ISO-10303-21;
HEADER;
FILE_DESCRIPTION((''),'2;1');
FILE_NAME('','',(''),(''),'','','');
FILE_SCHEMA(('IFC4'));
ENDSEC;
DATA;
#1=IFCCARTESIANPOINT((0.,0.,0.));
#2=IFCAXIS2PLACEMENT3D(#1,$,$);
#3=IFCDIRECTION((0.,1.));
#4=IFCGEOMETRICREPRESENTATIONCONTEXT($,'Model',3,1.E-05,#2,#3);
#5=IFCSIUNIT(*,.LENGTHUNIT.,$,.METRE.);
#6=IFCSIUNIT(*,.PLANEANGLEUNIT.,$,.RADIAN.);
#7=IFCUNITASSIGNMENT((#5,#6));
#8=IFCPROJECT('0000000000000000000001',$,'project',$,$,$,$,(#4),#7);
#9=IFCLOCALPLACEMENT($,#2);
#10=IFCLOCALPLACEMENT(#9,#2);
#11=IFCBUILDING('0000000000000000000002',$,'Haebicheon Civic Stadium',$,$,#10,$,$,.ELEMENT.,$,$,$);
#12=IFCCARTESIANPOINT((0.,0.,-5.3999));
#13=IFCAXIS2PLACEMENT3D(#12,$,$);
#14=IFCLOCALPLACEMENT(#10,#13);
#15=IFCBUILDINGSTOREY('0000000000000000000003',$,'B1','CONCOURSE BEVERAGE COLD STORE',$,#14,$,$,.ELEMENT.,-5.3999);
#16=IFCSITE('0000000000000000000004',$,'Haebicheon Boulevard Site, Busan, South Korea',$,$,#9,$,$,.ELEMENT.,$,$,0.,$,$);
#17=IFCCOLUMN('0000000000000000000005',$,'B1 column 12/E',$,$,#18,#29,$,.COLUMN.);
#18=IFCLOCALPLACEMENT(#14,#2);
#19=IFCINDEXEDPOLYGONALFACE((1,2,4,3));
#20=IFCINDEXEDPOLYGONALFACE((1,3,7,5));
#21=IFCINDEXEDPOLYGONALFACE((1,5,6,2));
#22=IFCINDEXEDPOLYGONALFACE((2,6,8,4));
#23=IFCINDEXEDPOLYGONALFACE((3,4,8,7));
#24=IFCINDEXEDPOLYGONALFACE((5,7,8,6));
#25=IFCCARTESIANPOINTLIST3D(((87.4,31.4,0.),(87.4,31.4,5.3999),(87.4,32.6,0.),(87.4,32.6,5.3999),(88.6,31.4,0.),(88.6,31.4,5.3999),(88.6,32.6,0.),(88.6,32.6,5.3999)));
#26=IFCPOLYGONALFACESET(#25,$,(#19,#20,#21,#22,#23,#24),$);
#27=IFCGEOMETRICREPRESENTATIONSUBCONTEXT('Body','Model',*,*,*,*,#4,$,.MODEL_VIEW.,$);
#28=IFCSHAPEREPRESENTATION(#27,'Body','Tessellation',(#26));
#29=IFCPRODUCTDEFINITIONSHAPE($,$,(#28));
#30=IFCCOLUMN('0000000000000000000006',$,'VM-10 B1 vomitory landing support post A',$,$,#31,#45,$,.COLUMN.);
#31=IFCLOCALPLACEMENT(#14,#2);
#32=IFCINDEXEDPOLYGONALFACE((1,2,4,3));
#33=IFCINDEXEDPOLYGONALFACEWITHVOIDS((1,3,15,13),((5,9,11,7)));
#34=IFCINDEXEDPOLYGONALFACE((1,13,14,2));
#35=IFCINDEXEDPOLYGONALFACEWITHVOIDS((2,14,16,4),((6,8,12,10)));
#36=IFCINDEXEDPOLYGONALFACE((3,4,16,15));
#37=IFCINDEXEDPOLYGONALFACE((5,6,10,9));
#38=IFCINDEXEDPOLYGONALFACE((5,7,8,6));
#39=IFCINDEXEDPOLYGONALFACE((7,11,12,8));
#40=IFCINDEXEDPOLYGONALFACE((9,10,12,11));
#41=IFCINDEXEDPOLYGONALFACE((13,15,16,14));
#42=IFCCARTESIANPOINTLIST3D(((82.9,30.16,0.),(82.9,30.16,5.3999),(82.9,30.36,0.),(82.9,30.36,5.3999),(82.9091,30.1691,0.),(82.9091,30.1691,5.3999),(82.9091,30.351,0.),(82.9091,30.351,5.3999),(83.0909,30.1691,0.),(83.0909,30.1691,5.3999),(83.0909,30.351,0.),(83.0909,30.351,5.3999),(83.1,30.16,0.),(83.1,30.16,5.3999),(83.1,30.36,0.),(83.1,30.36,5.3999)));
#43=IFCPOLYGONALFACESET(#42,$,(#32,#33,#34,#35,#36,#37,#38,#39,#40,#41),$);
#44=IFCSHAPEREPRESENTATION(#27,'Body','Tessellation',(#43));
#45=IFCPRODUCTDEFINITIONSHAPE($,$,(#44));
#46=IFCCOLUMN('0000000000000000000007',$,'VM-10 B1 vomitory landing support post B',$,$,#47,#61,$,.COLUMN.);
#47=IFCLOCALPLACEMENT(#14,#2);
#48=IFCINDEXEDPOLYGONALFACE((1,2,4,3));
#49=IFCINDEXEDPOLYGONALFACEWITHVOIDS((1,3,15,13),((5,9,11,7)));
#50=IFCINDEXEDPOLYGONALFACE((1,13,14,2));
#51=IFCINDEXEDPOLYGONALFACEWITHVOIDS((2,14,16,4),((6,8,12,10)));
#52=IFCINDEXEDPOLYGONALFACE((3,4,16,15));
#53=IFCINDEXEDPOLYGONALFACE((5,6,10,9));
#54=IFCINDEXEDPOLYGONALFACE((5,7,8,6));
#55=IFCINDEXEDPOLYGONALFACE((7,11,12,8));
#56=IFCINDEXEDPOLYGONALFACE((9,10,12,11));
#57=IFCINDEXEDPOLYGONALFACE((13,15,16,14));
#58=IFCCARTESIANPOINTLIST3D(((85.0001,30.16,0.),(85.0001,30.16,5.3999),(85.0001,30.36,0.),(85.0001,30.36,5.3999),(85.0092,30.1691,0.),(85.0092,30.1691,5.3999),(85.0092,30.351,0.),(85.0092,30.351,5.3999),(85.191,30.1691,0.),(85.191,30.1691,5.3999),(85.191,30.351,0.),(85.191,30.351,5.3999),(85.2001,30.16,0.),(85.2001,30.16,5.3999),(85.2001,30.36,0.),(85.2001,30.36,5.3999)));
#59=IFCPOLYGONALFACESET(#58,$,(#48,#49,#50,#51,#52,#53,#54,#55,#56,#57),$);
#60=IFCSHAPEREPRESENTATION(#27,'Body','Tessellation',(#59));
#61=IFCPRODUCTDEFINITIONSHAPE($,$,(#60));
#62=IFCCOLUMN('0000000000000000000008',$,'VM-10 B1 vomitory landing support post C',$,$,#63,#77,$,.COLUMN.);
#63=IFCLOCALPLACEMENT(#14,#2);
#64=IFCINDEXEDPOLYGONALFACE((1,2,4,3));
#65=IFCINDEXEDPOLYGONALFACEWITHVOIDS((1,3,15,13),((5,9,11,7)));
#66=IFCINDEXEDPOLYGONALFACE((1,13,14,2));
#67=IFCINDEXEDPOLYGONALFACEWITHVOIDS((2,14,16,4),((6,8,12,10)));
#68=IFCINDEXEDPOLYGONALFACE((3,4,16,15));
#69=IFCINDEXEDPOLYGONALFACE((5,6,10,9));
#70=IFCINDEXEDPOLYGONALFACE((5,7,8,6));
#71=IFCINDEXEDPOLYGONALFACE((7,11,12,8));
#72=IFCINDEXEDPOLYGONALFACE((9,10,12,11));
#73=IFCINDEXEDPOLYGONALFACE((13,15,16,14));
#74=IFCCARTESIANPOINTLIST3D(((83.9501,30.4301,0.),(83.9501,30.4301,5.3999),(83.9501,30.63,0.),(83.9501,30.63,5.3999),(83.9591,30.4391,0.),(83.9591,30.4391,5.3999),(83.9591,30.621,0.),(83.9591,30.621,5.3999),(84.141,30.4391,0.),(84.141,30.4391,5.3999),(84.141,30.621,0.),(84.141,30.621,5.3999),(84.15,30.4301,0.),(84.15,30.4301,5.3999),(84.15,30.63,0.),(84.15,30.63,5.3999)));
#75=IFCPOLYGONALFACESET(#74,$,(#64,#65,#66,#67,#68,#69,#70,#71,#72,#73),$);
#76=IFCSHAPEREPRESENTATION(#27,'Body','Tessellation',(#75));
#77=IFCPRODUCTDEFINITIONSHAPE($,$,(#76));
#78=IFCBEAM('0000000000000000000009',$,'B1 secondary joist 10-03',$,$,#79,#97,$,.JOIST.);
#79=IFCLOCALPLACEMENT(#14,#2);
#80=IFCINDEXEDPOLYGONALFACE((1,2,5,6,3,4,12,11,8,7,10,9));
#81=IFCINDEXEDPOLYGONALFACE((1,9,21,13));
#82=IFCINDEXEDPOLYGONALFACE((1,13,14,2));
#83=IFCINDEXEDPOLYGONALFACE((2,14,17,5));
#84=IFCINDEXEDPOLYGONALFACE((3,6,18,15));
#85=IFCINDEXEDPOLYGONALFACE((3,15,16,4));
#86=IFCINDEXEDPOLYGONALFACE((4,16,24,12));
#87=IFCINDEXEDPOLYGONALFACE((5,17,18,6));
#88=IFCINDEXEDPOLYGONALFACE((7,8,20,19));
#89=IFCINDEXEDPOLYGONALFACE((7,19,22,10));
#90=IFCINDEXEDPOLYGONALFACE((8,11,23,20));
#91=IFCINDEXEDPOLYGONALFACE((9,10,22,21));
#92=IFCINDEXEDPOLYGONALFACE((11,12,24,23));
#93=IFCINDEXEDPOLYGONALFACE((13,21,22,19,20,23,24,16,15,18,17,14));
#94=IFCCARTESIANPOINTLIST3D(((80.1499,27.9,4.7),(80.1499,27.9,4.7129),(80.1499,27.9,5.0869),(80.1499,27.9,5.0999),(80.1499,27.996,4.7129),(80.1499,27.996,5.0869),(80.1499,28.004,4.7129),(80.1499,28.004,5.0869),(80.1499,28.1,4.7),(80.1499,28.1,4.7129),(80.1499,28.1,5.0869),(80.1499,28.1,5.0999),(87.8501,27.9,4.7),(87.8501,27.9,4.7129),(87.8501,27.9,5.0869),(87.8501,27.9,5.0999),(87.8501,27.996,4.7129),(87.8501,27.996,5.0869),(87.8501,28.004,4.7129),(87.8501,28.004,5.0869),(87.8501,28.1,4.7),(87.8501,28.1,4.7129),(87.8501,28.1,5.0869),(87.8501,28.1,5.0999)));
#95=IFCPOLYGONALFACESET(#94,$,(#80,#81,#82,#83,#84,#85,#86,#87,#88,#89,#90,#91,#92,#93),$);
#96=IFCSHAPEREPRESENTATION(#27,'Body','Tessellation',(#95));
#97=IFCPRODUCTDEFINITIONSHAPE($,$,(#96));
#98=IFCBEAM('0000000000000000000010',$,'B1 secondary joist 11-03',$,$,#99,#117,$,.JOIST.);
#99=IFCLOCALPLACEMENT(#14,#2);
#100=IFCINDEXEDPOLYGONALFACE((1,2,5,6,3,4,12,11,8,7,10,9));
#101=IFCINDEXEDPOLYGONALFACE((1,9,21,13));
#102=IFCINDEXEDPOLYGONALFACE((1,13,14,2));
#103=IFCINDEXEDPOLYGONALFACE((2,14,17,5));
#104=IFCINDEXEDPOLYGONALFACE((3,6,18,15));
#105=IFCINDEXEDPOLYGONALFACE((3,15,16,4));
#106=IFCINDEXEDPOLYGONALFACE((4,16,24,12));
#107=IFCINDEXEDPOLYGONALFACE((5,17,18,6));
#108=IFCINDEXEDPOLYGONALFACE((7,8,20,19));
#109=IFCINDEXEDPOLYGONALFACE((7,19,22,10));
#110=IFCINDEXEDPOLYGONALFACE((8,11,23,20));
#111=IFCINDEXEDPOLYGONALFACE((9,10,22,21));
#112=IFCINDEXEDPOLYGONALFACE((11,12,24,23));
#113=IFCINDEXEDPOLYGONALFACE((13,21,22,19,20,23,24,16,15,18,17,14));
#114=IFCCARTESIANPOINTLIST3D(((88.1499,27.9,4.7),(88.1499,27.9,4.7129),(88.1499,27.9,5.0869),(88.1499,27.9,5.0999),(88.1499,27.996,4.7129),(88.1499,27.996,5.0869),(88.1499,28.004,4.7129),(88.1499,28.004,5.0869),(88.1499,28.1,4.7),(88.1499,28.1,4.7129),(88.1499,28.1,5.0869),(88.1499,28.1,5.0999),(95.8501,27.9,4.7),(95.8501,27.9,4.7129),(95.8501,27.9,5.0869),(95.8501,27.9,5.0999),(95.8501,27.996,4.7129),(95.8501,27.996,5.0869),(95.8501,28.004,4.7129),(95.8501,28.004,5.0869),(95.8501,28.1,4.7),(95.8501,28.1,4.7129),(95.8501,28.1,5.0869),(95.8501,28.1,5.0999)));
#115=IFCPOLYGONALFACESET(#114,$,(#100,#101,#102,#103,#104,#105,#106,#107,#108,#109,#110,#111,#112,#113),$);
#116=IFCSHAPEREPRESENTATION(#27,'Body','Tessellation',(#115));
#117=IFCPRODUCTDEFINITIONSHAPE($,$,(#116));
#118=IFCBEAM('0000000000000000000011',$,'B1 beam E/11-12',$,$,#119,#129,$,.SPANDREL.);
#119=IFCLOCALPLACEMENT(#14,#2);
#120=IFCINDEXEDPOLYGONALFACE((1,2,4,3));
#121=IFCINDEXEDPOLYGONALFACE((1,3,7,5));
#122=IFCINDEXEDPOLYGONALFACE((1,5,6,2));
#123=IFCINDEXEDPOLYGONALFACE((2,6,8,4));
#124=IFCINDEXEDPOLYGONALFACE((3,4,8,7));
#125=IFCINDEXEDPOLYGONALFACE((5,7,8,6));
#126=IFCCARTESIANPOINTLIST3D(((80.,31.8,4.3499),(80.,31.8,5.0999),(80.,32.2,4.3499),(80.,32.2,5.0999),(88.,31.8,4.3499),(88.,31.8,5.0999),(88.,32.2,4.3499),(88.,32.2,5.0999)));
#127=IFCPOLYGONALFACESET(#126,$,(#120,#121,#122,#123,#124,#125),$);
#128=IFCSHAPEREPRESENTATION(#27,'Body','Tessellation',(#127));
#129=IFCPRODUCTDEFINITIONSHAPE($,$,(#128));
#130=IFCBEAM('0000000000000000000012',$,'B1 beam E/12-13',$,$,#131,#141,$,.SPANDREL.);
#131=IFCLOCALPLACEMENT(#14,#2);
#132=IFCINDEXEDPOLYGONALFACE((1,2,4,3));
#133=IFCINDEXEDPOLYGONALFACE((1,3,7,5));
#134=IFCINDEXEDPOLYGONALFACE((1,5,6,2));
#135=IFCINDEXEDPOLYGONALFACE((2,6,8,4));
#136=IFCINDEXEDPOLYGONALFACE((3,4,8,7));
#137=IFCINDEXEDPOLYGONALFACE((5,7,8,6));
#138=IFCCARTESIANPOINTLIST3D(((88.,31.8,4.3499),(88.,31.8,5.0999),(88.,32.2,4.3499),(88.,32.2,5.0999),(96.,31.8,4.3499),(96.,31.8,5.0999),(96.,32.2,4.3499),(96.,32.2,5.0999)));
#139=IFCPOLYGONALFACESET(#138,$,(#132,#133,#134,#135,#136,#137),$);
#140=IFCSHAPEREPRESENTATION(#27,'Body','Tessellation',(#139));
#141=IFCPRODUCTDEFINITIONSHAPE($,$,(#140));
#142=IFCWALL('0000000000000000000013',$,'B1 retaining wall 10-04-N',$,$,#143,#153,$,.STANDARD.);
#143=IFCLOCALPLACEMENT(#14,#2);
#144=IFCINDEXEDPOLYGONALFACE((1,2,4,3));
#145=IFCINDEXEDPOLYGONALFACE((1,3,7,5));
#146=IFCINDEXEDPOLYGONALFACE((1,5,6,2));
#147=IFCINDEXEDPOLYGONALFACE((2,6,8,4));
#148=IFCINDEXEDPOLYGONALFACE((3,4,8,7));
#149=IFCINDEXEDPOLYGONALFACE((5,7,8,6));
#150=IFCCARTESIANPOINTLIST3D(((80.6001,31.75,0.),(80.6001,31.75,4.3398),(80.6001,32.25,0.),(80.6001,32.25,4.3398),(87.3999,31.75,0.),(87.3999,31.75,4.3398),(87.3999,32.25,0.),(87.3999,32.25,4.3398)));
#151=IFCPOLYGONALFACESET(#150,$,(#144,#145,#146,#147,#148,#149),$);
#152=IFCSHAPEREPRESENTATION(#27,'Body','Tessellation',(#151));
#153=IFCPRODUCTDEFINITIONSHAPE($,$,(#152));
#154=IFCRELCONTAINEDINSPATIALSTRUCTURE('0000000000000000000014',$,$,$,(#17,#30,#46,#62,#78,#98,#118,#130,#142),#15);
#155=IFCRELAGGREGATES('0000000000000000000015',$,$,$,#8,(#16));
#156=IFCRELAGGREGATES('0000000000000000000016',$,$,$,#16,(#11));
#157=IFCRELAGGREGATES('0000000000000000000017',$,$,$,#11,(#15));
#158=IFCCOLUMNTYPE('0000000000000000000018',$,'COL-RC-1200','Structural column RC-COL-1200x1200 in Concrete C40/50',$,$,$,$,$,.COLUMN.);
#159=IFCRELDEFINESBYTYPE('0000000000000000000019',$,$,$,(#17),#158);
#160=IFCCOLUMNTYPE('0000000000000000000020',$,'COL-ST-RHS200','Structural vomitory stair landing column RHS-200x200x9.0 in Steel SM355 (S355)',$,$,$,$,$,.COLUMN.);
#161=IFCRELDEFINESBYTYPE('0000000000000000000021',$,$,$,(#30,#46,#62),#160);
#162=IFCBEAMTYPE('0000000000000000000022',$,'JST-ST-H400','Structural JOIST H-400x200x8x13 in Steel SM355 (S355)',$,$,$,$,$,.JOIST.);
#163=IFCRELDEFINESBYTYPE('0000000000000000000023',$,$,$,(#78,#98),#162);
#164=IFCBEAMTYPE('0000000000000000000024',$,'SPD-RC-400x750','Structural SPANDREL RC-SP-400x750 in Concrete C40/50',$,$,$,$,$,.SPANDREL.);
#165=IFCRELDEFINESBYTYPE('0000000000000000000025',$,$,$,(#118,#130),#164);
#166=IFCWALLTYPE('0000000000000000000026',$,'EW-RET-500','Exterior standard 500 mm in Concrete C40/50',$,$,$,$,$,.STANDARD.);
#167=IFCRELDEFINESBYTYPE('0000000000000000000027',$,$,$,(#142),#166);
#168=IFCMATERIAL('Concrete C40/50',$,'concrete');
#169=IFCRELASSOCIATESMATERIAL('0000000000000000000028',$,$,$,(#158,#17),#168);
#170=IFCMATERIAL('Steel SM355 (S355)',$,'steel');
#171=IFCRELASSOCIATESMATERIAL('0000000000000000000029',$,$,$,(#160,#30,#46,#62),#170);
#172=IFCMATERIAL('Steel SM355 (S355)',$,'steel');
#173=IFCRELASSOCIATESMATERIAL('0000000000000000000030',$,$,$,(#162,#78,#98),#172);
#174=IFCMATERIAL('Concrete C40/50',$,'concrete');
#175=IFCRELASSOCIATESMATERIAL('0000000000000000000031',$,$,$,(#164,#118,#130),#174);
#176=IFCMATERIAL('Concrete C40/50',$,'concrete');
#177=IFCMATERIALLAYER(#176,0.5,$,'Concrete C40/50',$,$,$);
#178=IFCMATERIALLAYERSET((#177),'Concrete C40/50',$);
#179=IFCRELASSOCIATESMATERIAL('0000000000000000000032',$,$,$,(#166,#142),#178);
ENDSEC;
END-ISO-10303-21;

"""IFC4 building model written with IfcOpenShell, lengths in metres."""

from ifc_helpers import new_model, si_unit, direction, frame, frame_2d, origin, origin_2d, place, context, subcontext, project, spatial, rectangle, hollow_rectangle, i_section, extrude, material, layer, layer_set, material_profile, profile_set, type_object, element, save


model = new_model("IFC4")

# Units and contexts
model_context = context("Model", 3, precision=1e-05, world=origin(), true_north=direction((0.0, 1.0)))
body_context = subcontext(model_context, "Body", "Model", "MODEL_VIEW")
ifc_project = project(units=[si_unit("LENGTHUNIT", "METRE"), si_unit("PLANEANGLEUNIT", "RADIAN")], contexts=[model_context])

# Site, building, storey
site_placement = place(None, origin())
site = spatial("IfcSite", under=ifc_project, at=site_placement, Name="Haebicheon Boulevard Site, Busan, South Korea", CompositionType="ELEMENT", RefElevation=0.0)
building_placement = place(site_placement, origin())
building = spatial("IfcBuilding", under=site, at=building_placement, Name="Haebicheon Civic Stadium", CompositionType="ELEMENT")
storey_placement = place(building_placement, frame((0.0, 0.0, -5.3999)))
storey = spatial("IfcBuildingStorey", under=building, at=storey_placement, Name="B1", Description="CONCOURSE BEVERAGE COLD STORE", CompositionType="ELEMENT", Elevation=-5.3999)

# Columns
ifc_material_1 = material(Name="Concrete C40/50", Category="concrete")
ifc_material_profile_1 = material_profile(ifc_material_1, rectangle(XDim=1.2, YDim=1.2, at=origin_2d()), Name="RC-COL-1200x1200")
ifc_profile_set_1 = profile_set([ifc_material_profile_1], Name="Concrete C40/50")
column_type_1 = type_object("IfcColumnType", Name="COL-RC-1200", Description="Structural column RC-COL-1200x1200 in Concrete C40/50", PredefinedType="COLUMN", material=ifc_profile_set_1)
for number, where, z_axis, x_axis, name in (
    (1, (88.0, 32.0, 0.0), (0.0, 0.0, 1.0), (1.0, 0.0, 0.0), "B1 column 12/E"),
):
    element("IfcColumn", number, at=place(storey_placement, frame(where, z_axis=z_axis, x_axis=x_axis)), inside=storey, type_object=column_type_1, material=ifc_profile_set_1, Name=name, PredefinedType="COLUMN", context=body_context, shape_type="SweptSolid", body=[
        extrude(rectangle(XDim=1.2, YDim=1.2, at=origin_2d()), origin(), (0.0, 0.0, 1.0), 5.3999),
    ])
ifc_material_2 = material(Name="Steel SM355 (S355)", Category="steel")
ifc_material_profile_2 = material_profile(ifc_material_2, hollow_rectangle(XDim=0.2, YDim=0.2, WallThickness=0.009, at=origin_2d()), Name="RHS-200x200x9.0")
ifc_profile_set_2 = profile_set([ifc_material_profile_2], Name="Steel SM355 (S355)")
column_type_2 = type_object("IfcColumnType", Name="COL-ST-RHS200", Description="Structural vomitory stair landing column RHS-200x200x9.0 in Steel SM355 (S355)", PredefinedType="COLUMN", material=ifc_profile_set_2)
for number, where, z_axis, x_axis, name in (
    (2, (83.0, 30.26, 0.0), (0.0, 0.0, 1.0), (1.0, 0.0, 0.0), "VM-10 B1 vomitory landing support post A"),
    (3, (85.1001, 30.26, 0.0), (0.0, 0.0, 1.0), (1.0, 0.0, 0.0), "VM-10 B1 vomitory landing support post B"),
    (4, (84.05, 30.53, 0.0), (0.0, 0.0, 1.0), (1.0, 0.0, 0.0), "VM-10 B1 vomitory landing support post C"),
):
    element("IfcColumn", number, at=place(storey_placement, frame(where, z_axis=z_axis, x_axis=x_axis)), inside=storey, type_object=column_type_2, material=ifc_profile_set_2, Name=name, PredefinedType="COLUMN", context=body_context, shape_type="SweptSolid", body=[
        extrude(hollow_rectangle(XDim=0.2, YDim=0.2, WallThickness=0.009, at=origin_2d()), origin(), (0.0, 0.0, 1.0), 5.3999),
    ])

# Beams
ifc_material_3 = material(Name="Steel SM355 (S355)", Category="steel")
ifc_material_profile_3 = material_profile(ifc_material_3, i_section(OverallWidth=0.2, OverallDepth=0.3999, WebThickness=0.0081, FlangeThickness=0.0129, at=origin_2d()), Name="H-400x200x8x13")
ifc_profile_set_3 = profile_set([ifc_material_profile_3], Name="Steel SM355 (S355)")
beam_type_1 = type_object("IfcBeamType", Name="JST-ST-H400", Description="Structural JOIST H-400x200x8x13 in Steel SM355 (S355)", PredefinedType="JOIST", material=ifc_profile_set_3)
for number, where, z_axis, x_axis, name in (
    (5, (80.1499, 28.0, 4.8999), (1.0, 0.0, 0.0), (0.0, 1.0, 0.0), "B1 secondary joist 10-03"),
    (6, (88.1499, 28.0, 4.8999), (1.0, 0.0, 0.0), (0.0, 1.0, 0.0), "B1 secondary joist 11-03"),
):
    element("IfcBeam", number, at=place(storey_placement, frame(where, z_axis=z_axis, x_axis=x_axis)), inside=storey, type_object=beam_type_1, material=ifc_profile_set_3, Name=name, PredefinedType="JOIST", context=body_context, shape_type="SweptSolid", body=[
        extrude(i_section(OverallWidth=0.2, OverallDepth=0.3999, WebThickness=0.0081, FlangeThickness=0.0129, at=origin_2d()), origin(), (0.0, 0.0, 1.0), 7.7002),
    ])
ifc_material_4 = material(Name="Concrete C40/50", Category="concrete")
ifc_material_profile_4 = material_profile(ifc_material_4, rectangle(XDim=0.3999, YDim=0.75, at=origin_2d()), Name="RC-SP-400x750")
ifc_profile_set_4 = profile_set([ifc_material_profile_4], Name="Concrete C40/50")
beam_type_2 = type_object("IfcBeamType", Name="SPD-RC-400x750", Description="Structural SPANDREL RC-SP-400x750 in Concrete C40/50", PredefinedType="SPANDREL", material=ifc_profile_set_4)
for number, where, z_axis, x_axis, name in (
    (7, (80.0, 32.0, 4.7249), (1.0, 0.0, 0.0), (0.0, 1.0, 0.0), "B1 beam E/11-12"),
    (8, (88.0, 32.0, 4.7249), (1.0, 0.0, 0.0), (0.0, 1.0, 0.0), "B1 beam E/12-13"),
):
    element("IfcBeam", number, at=place(storey_placement, frame(where, z_axis=z_axis, x_axis=x_axis)), inside=storey, type_object=beam_type_2, material=ifc_profile_set_4, Name=name, PredefinedType="SPANDREL", context=body_context, shape_type="SweptSolid", body=[
        extrude(rectangle(XDim=0.3999, YDim=0.75, at=origin_2d()), origin(), (0.0, 0.0, 1.0), 8.0),
    ])

# Wall
ifc_material_5 = material(Name="Concrete C40/50", Category="concrete")
ifc_layer_1 = layer(ifc_material_5, 0.5, Name="Concrete C40/50")
ifc_layer_set_1 = layer_set([ifc_layer_1], Name="Concrete C40/50")
wall_type = type_object("IfcWallType", Name="EW-RET-500", Description="Exterior standard 500 mm in Concrete C40/50", PredefinedType="STANDARD", material=ifc_layer_set_1)
wall_placement = place(storey_placement, frame((80.6001, 32.0, 0.0), z_axis=(0.0, 0.0, 1.0), x_axis=(1.0, 0.0, 0.0)))
element("IfcWall", 9, at=wall_placement, inside=storey, type_object=wall_type, material=ifc_layer_set_1, Name="B1 retaining wall 10-04-N", PredefinedType="STANDARD", context=body_context, shape_type="SweptSolid", body=[
    extrude(rectangle(XDim=6.7998, YDim=0.5, at=frame_2d((3.3999, 0.0))), origin(), (0.0, 0.0, 1.0), 4.3398),
])

save(model, "model.ifc")
